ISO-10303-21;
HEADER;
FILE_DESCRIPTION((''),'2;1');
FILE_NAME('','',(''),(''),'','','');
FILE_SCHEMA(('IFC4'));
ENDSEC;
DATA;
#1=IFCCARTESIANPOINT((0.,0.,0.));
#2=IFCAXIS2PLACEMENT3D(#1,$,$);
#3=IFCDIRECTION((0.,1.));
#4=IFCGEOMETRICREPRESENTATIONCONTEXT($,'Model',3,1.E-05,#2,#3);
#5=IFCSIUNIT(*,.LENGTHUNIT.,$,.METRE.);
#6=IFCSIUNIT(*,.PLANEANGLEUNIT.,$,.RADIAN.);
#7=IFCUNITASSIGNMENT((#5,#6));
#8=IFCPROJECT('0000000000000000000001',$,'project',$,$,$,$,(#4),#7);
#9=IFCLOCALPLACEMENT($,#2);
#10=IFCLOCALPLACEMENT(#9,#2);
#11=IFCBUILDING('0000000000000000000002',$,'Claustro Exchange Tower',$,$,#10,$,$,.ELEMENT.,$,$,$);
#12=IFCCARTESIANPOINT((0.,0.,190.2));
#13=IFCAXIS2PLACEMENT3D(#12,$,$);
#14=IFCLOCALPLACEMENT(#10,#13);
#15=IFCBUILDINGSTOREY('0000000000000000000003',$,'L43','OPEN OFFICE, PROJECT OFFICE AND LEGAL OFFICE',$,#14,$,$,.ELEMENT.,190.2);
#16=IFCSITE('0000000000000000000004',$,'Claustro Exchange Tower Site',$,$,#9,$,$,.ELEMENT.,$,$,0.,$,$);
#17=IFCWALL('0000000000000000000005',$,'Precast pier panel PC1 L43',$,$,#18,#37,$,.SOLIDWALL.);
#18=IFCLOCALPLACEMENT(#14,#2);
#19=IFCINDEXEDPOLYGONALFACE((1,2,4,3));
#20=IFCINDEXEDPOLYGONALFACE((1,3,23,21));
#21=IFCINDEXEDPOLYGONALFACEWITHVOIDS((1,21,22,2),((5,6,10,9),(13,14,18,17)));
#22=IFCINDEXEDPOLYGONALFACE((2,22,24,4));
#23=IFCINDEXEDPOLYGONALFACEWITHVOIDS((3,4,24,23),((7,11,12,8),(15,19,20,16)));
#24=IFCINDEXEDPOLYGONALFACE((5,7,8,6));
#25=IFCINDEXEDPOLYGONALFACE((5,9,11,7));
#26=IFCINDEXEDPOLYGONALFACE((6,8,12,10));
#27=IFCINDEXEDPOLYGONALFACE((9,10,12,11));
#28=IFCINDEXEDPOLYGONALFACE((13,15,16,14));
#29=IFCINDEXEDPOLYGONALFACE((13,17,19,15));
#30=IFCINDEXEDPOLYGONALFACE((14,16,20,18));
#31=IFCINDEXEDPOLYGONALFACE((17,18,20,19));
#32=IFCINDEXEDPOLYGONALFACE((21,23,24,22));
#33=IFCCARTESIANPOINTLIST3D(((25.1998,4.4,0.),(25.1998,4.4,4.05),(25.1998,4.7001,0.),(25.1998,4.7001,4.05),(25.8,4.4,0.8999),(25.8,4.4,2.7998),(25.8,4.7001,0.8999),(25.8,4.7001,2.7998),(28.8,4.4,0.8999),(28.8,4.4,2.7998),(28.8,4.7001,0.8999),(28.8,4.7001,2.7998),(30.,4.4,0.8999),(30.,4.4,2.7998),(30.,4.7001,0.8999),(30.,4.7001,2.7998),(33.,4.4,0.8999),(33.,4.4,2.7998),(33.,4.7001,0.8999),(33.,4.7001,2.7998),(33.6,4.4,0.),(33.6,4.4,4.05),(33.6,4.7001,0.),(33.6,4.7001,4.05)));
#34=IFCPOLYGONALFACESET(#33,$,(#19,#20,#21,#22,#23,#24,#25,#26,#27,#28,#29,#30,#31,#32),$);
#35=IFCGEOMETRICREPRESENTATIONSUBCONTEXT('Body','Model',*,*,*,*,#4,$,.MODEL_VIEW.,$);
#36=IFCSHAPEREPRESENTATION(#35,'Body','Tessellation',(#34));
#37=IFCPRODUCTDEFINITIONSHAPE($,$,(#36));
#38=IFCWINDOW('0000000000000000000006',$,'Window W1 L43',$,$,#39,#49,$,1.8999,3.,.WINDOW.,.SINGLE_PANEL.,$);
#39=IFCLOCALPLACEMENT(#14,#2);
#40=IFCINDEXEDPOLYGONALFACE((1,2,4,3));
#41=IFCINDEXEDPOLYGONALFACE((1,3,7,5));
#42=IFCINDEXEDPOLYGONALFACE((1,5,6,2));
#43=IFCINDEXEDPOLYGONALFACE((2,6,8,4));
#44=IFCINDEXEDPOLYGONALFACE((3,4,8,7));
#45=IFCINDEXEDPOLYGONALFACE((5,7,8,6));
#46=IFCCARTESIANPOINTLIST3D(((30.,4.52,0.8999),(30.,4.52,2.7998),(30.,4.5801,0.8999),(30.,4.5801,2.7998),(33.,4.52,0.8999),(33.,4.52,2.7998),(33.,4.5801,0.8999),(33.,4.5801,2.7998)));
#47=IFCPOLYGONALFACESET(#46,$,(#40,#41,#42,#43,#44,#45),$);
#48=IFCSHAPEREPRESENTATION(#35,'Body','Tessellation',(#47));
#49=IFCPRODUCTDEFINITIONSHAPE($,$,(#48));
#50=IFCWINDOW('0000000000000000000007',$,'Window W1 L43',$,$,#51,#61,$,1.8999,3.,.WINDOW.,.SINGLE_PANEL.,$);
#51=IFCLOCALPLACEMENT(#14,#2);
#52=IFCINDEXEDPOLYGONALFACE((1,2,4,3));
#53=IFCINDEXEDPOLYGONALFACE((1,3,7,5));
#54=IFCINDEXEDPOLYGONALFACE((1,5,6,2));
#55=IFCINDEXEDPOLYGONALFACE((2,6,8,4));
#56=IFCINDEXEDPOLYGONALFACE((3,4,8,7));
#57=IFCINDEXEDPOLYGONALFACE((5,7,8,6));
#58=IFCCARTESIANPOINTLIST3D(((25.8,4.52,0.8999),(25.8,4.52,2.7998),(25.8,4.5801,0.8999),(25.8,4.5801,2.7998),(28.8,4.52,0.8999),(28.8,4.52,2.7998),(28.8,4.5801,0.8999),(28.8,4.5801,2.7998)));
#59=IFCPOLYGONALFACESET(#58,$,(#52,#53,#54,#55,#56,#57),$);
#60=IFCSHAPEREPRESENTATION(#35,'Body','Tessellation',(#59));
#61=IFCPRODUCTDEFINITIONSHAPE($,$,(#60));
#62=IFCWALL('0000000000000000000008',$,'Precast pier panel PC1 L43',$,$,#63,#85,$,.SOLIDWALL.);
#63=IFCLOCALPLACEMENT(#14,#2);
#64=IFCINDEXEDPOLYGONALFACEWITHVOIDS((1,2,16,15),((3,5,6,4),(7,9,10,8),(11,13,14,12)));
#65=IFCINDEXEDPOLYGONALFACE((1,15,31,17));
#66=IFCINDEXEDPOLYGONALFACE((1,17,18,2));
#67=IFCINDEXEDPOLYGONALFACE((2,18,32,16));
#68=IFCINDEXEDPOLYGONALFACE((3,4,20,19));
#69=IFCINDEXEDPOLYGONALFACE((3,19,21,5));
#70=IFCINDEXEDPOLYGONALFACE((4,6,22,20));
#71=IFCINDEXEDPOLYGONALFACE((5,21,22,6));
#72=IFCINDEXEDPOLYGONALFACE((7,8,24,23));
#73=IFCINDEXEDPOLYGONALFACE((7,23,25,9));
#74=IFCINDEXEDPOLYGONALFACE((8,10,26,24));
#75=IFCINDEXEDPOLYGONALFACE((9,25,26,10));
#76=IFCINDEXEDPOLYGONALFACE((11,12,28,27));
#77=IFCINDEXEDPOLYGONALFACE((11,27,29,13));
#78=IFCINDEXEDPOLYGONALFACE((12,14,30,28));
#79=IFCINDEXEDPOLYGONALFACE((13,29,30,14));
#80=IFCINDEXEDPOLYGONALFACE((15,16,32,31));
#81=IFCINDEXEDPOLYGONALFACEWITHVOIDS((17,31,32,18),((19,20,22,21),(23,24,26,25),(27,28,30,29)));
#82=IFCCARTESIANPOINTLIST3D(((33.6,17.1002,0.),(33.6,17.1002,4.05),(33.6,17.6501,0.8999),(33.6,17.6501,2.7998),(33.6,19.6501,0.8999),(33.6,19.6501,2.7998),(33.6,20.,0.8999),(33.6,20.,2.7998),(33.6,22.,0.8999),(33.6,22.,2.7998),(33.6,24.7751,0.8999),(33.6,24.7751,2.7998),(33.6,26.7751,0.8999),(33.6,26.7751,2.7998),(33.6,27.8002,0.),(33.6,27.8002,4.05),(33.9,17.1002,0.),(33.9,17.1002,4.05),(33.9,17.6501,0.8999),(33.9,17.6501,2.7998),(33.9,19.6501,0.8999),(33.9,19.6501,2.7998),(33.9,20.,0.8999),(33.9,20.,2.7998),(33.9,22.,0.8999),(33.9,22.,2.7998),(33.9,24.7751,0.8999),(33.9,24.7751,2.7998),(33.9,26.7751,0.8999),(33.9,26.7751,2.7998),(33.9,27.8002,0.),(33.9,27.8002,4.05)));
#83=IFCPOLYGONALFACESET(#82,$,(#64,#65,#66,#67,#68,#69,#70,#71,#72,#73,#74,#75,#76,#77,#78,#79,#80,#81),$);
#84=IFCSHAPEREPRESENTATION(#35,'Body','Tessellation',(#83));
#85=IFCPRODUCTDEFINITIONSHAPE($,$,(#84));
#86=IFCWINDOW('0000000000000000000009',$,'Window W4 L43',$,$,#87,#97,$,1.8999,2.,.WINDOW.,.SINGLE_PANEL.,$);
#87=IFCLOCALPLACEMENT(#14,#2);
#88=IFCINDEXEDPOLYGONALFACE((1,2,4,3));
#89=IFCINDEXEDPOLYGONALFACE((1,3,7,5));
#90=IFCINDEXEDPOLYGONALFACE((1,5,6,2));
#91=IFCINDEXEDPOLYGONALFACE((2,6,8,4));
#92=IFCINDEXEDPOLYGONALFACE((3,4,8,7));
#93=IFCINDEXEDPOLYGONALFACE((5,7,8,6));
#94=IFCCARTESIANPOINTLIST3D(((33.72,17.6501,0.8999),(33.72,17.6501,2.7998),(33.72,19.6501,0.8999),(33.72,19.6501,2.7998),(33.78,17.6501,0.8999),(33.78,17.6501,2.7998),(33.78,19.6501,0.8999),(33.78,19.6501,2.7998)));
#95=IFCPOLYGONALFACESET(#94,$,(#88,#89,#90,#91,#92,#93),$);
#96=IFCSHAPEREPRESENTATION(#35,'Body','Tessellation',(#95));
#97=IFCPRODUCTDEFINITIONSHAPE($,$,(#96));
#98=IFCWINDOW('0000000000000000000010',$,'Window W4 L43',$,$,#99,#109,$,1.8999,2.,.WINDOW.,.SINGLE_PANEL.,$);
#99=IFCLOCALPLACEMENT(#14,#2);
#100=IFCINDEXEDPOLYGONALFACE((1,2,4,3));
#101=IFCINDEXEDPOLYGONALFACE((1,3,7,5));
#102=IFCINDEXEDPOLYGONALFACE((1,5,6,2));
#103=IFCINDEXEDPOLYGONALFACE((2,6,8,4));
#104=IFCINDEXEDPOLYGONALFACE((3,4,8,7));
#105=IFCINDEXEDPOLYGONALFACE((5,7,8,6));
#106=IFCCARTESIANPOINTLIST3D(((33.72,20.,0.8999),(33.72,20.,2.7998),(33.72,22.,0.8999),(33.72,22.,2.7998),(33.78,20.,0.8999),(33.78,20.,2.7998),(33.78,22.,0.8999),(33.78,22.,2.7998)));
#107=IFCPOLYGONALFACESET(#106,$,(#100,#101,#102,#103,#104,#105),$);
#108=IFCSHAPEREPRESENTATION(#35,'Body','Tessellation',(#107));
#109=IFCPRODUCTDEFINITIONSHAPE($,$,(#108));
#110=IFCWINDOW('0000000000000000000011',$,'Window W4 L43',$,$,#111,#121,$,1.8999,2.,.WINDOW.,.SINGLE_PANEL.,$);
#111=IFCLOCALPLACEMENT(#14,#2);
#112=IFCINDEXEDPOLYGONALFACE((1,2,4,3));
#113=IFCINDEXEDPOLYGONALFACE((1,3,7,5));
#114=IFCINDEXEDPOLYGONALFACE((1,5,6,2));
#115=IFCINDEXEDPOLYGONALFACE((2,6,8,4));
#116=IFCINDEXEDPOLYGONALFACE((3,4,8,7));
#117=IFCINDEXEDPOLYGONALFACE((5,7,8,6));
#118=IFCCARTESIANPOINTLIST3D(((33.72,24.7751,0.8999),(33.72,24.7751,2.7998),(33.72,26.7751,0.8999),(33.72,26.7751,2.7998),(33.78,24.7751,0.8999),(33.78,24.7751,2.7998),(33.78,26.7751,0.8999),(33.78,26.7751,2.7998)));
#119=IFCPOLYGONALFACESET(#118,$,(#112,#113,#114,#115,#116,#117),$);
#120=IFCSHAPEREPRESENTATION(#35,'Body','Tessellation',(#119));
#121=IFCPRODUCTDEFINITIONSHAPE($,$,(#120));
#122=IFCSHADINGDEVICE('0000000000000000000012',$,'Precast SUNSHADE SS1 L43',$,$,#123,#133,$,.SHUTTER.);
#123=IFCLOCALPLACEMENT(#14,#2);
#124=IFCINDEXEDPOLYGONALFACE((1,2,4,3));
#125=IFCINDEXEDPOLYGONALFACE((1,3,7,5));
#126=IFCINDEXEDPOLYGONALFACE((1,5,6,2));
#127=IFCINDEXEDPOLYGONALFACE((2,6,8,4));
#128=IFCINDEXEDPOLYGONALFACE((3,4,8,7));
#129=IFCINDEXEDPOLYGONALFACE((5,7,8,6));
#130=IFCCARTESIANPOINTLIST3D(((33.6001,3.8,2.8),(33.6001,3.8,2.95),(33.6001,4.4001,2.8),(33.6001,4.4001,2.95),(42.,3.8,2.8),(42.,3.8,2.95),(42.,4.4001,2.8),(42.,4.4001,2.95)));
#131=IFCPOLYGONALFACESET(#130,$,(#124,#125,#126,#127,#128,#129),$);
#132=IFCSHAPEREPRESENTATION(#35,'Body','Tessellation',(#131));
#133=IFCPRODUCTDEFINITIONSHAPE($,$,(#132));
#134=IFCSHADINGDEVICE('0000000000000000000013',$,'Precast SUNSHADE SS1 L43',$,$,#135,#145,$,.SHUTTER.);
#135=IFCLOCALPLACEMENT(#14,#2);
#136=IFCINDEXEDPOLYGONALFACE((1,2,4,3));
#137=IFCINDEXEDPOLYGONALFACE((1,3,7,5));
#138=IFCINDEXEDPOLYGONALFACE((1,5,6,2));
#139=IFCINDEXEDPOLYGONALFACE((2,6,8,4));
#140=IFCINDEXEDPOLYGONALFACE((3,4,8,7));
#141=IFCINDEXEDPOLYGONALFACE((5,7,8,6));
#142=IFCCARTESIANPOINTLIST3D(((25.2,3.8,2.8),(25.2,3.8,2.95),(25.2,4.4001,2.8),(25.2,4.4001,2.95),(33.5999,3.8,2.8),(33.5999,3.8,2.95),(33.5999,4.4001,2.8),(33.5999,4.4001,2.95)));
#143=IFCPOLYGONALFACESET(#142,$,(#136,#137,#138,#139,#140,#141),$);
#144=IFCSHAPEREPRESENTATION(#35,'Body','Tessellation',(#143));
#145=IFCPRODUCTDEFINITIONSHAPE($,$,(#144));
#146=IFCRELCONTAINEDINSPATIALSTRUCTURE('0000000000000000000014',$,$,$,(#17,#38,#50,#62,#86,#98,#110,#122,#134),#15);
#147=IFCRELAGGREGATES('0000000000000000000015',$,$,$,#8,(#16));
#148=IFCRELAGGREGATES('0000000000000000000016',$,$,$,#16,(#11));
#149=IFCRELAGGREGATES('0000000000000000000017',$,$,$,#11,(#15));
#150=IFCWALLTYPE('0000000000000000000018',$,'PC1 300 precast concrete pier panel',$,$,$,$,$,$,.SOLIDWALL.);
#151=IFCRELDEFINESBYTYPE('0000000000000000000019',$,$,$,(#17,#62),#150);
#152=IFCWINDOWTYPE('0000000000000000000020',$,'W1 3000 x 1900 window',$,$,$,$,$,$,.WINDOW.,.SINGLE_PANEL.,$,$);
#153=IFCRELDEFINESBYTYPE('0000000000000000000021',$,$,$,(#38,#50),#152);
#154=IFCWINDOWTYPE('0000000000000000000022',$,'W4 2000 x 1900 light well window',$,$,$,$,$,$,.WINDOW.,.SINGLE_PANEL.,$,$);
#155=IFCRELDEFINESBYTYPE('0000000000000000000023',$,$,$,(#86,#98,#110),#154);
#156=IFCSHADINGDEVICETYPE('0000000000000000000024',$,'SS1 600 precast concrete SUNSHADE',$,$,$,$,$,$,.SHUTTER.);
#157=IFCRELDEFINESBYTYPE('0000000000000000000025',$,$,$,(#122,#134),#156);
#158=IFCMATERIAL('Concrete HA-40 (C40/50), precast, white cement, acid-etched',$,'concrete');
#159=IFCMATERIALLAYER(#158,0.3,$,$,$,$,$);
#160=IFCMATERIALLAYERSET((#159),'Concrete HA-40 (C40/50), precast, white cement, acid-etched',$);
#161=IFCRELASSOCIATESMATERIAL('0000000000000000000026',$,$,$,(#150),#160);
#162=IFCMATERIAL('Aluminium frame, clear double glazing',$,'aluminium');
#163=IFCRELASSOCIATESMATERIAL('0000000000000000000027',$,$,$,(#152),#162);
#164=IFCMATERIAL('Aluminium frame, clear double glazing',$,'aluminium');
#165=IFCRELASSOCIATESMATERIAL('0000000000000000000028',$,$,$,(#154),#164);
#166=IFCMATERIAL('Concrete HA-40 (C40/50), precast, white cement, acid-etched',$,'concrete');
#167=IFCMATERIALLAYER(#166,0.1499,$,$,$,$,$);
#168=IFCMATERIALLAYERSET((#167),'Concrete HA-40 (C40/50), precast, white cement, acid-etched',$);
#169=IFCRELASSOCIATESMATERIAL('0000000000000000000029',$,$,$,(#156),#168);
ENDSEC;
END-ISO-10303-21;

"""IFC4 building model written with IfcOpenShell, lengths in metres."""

from ifc_helpers import new_model, si_unit, direction, frame, frame_2d, origin, origin_2d, place, context, subcontext, project, spatial, rectangle, extrude, material, layer, layer_set, type_object, element, fill, save


model = new_model("IFC4")

# Units and contexts
model_context = context("Model", 3, precision=1e-05, world=origin(), true_north=direction((0.0, 1.0)))
body_context = subcontext(model_context, "Body", "Model", "MODEL_VIEW")
ifc_project = project(units=[si_unit("LENGTHUNIT", "METRE"), si_unit("PLANEANGLEUNIT", "RADIAN")], contexts=[model_context])

# Site, building, storey
site_placement = place(None, origin())
site = spatial("IfcSite", under=ifc_project, at=site_placement, Name="Claustro Exchange Tower Site", CompositionType="ELEMENT", RefElevation=0.0)
building_placement = place(site_placement, origin())
building = spatial("IfcBuilding", under=site, at=building_placement, Name="Claustro Exchange Tower", CompositionType="ELEMENT")
storey_placement = place(building_placement, frame((0.0, 0.0, 190.2)))
storey = spatial("IfcBuildingStorey", under=building, at=storey_placement, Name="L43", Description="OPEN OFFICE, PROJECT OFFICE AND LEGAL OFFICE", CompositionType="ELEMENT", Elevation=190.2)

# Walls, openings, windows
ifc_material_1 = material(Name="Concrete HA-40 (C40/50), precast, white cement, acid-etched", Category="concrete")
ifc_layer_1 = layer(ifc_material_1, 0.3)
ifc_layer_set_1 = layer_set([ifc_layer_1], Name="Concrete HA-40 (C40/50), precast, white cement, acid-etched")
wall_type_1 = type_object("IfcWallType", Name="PC1 300 precast concrete pier panel", PredefinedType="SOLIDWALL", material=ifc_layer_set_1)
wall_1_placement = place(storey_placement, frame((33.6001, 4.55, 0.0), z_axis=(0.0, 0.0, 1.0), x_axis=(-1.0, 0.0, 0.0)))
wall_1 = element("IfcWall", 1, at=wall_1_placement, inside=storey, type_object=wall_type_1, Name="Precast pier panel PC1 L43", PredefinedType="SOLIDWALL", context=body_context, shape_type="SweptSolid", body=[
    extrude(rectangle(XDim=8.4001, YDim=0.3, at=frame_2d((4.2002, 0.0))), origin(), (0.0, 0.0, 1.0), 4.05),
])
opening_1_placement = place(wall_1_placement, frame((0.6001, 0.0, 0.8999)))
opening_1 = element("IfcOpeningElement", 2, at=opening_1_placement, cuts=wall_1, PredefinedType="OPENING", context=body_context, shape_type="SweptSolid", body=[
    extrude(rectangle(XDim=3.0, YDim=1.8999, at=frame_2d((1.5, 0.95))), frame((0.0, 0.1599, 0.0), z_axis=(0.0, -1.0, 0.0), x_axis=(1.0, 0.0, 0.0)), (0.0, 0.0, 1.0), 0.3201),
])
opening_2_placement = place(wall_1_placement, frame((4.8, 0.0, 0.8999)))
opening_2 = element("IfcOpeningElement", 3, at=opening_2_placement, cuts=wall_1, PredefinedType="OPENING", context=body_context, shape_type="SweptSolid", body=[
    extrude(rectangle(XDim=3.0, YDim=1.8999, at=frame_2d((1.5, 0.95))), frame((0.0, 0.1599, 0.0), z_axis=(0.0, -1.0, 0.0), x_axis=(1.0, 0.0, 0.0)), (0.0, 0.0, 1.0), 0.3201),
])
ifc_material_2 = material(Name="Aluminium frame, clear double glazing", Category="aluminium")
window_type_1 = type_object("IfcWindowType", Name="W1 3000 x 1900 window", PartitioningType="SINGLE_PANEL", PredefinedType="WINDOW", material=ifc_material_2)
window_1_placement = place(opening_1_placement, origin())
window_1 = element("IfcWindow", 4, at=window_1_placement, inside=storey, type_object=window_type_1, Name="Window W1 L43", OverallHeight=1.8999, OverallWidth=3.0, PartitioningType="SINGLE_PANEL", PredefinedType="WINDOW", context=body_context, shape_type="SweptSolid", body=[
    extrude(rectangle(XDim=3.0, YDim=1.8999, at=frame_2d((1.5, 0.95))), frame((0.0, 0.03, 0.0), z_axis=(0.0, -1.0, 0.0), x_axis=(1.0, 0.0, 0.0)), (0.0, 0.0, 1.0), 0.0601),
])
fill(opening_1, window_1)
window_2_placement = place(opening_2_placement, origin())
window_2 = element("IfcWindow", 5, at=window_2_placement, inside=storey, type_object=window_type_1, Name="Window W1 L43", OverallHeight=1.8999, OverallWidth=3.0, PartitioningType="SINGLE_PANEL", PredefinedType="WINDOW", context=body_context, shape_type="SweptSolid", body=[
    extrude(rectangle(XDim=3.0, YDim=1.8999, at=frame_2d((1.5, 0.95))), frame((0.0, 0.03, 0.0), z_axis=(0.0, -1.0, 0.0), x_axis=(1.0, 0.0, 0.0)), (0.0, 0.0, 1.0), 0.0601),
])
fill(opening_2, window_2)
wall_2_placement = place(storey_placement, frame((33.75, 17.1001, 0.0), z_axis=(0.0, 0.0, 1.0), x_axis=(0.0, 1.0, 0.0)))
wall_2 = element("IfcWall", 6, at=wall_2_placement, inside=storey, type_object=wall_type_1, Name="Precast pier panel PC1 L43", PredefinedType="SOLIDWALL", context=body_context, shape_type="SweptSolid", body=[
    extrude(rectangle(XDim=10.7, YDim=0.3, at=frame_2d((5.3501, 0.0))), origin(), (0.0, 0.0, 1.0), 4.05),
])
opening_3_placement = place(wall_2_placement, frame((0.55, 0.0, 0.8999)))
opening_3 = element("IfcOpeningElement", 7, at=opening_3_placement, cuts=wall_2, PredefinedType="OPENING", context=body_context, shape_type="SweptSolid", body=[
    extrude(rectangle(XDim=2.0, YDim=1.8999, at=frame_2d((1.0, 0.95))), frame((0.0, 0.1599, 0.0), z_axis=(0.0, -1.0, 0.0), x_axis=(1.0, 0.0, 0.0)), (0.0, 0.0, 1.0), 0.3201),
])
opening_4_placement = place(wall_2_placement, frame((2.8999, 0.0, 0.8999)))
opening_4 = element("IfcOpeningElement", 8, at=opening_4_placement, cuts=wall_2, PredefinedType="OPENING", context=body_context, shape_type="SweptSolid", body=[
    extrude(rectangle(XDim=2.0, YDim=1.8999, at=frame_2d((1.0, 0.95))), frame((0.0, 0.1599, 0.0), z_axis=(0.0, -1.0, 0.0), x_axis=(1.0, 0.0, 0.0)), (0.0, 0.0, 1.0), 0.3201),
])
opening_5_placement = place(wall_2_placement, frame((7.675, 0.0, 0.8999)))
opening_5 = element("IfcOpeningElement", 9, at=opening_5_placement, cuts=wall_2, PredefinedType="OPENING", context=body_context, shape_type="SweptSolid", body=[
    extrude(rectangle(XDim=2.0, YDim=1.8999, at=frame_2d((1.0, 0.95))), frame((0.0, 0.1599, 0.0), z_axis=(0.0, -1.0, 0.0), x_axis=(1.0, 0.0, 0.0)), (0.0, 0.0, 1.0), 0.3201),
])
ifc_material_3 = material(Name="Aluminium frame, clear double glazing", Category="aluminium")
window_type_2 = type_object("IfcWindowType", Name="W4 2000 x 1900 light well window", PartitioningType="SINGLE_PANEL", PredefinedType="WINDOW", material=ifc_material_3)
window_3_placement = place(opening_3_placement, origin())
window_3 = element("IfcWindow", 10, at=window_3_placement, inside=storey, type_object=window_type_2, Name="Window W4 L43", OverallHeight=1.8999, OverallWidth=2.0, PartitioningType="SINGLE_PANEL", PredefinedType="WINDOW", context=body_context, shape_type="SweptSolid", body=[
    extrude(rectangle(XDim=2.0, YDim=1.8999, at=frame_2d((1.0, 0.95))), frame((0.0, 0.03, 0.0), z_axis=(0.0, -1.0, 0.0), x_axis=(1.0, 0.0, 0.0)), (0.0, 0.0, 1.0), 0.0601),
])
fill(opening_3, window_3)
window_4_placement = place(opening_4_placement, origin())
window_4 = element("IfcWindow", 11, at=window_4_placement, inside=storey, type_object=window_type_2, Name="Window W4 L43", OverallHeight=1.8999, OverallWidth=2.0, PartitioningType="SINGLE_PANEL", PredefinedType="WINDOW", context=body_context, shape_type="SweptSolid", body=[
    extrude(rectangle(XDim=2.0, YDim=1.8999, at=frame_2d((1.0, 0.95))), frame((0.0, 0.03, 0.0), z_axis=(0.0, -1.0, 0.0), x_axis=(1.0, 0.0, 0.0)), (0.0, 0.0, 1.0), 0.0601),
])
fill(opening_4, window_4)
window_5_placement = place(opening_5_placement, origin())
window_5 = element("IfcWindow", 12, at=window_5_placement, inside=storey, type_object=window_type_2, Name="Window W4 L43", OverallHeight=1.8999, OverallWidth=2.0, PartitioningType="SINGLE_PANEL", PredefinedType="WINDOW", context=body_context, shape_type="SweptSolid", body=[
    extrude(rectangle(XDim=2.0, YDim=1.8999, at=frame_2d((1.0, 0.95))), frame((0.0, 0.03, 0.0), z_axis=(0.0, -1.0, 0.0), x_axis=(1.0, 0.0, 0.0)), (0.0, 0.0, 1.0), 0.0601),
])
fill(opening_5, window_5)

# Shading devices
ifc_material_4 = material(Name="Concrete HA-40 (C40/50), precast, white cement, acid-etched", Category="concrete")
ifc_layer_2 = layer(ifc_material_4, 0.1499)
ifc_layer_set_2 = layer_set([ifc_layer_2], Name="Concrete HA-40 (C40/50), precast, white cement, acid-etched")
shading_device_type = type_object("IfcShadingDeviceType", Name="SS1 600 precast concrete SUNSHADE", PredefinedType="SHUTTER", material=ifc_layer_set_2)
for number, where, z_axis, x_axis, name in (
    (13, (37.8, 4.1001, 2.8), (0.0, 0.0, 1.0), (-1.0, 0.0, 0.0), "Precast SUNSHADE SS1 L43"),
    (14, (29.3999, 4.1001, 2.8), (0.0, 0.0, 1.0), (-1.0, 0.0, 0.0), "Precast SUNSHADE SS1 L43"),
):
    element("IfcShadingDevice", number, at=place(storey_placement, frame(where, z_axis=z_axis, x_axis=x_axis)), inside=storey, type_object=shading_device_type, Name=name, PredefinedType="SHUTTER", context=body_context, shape_type="SweptSolid", body=[
        extrude(rectangle(XDim=8.3999, YDim=0.6001, at=origin_2d()), origin(), (0.0, 0.0, 1.0), 0.1499),
    ])

save(model, "model.ifc")
